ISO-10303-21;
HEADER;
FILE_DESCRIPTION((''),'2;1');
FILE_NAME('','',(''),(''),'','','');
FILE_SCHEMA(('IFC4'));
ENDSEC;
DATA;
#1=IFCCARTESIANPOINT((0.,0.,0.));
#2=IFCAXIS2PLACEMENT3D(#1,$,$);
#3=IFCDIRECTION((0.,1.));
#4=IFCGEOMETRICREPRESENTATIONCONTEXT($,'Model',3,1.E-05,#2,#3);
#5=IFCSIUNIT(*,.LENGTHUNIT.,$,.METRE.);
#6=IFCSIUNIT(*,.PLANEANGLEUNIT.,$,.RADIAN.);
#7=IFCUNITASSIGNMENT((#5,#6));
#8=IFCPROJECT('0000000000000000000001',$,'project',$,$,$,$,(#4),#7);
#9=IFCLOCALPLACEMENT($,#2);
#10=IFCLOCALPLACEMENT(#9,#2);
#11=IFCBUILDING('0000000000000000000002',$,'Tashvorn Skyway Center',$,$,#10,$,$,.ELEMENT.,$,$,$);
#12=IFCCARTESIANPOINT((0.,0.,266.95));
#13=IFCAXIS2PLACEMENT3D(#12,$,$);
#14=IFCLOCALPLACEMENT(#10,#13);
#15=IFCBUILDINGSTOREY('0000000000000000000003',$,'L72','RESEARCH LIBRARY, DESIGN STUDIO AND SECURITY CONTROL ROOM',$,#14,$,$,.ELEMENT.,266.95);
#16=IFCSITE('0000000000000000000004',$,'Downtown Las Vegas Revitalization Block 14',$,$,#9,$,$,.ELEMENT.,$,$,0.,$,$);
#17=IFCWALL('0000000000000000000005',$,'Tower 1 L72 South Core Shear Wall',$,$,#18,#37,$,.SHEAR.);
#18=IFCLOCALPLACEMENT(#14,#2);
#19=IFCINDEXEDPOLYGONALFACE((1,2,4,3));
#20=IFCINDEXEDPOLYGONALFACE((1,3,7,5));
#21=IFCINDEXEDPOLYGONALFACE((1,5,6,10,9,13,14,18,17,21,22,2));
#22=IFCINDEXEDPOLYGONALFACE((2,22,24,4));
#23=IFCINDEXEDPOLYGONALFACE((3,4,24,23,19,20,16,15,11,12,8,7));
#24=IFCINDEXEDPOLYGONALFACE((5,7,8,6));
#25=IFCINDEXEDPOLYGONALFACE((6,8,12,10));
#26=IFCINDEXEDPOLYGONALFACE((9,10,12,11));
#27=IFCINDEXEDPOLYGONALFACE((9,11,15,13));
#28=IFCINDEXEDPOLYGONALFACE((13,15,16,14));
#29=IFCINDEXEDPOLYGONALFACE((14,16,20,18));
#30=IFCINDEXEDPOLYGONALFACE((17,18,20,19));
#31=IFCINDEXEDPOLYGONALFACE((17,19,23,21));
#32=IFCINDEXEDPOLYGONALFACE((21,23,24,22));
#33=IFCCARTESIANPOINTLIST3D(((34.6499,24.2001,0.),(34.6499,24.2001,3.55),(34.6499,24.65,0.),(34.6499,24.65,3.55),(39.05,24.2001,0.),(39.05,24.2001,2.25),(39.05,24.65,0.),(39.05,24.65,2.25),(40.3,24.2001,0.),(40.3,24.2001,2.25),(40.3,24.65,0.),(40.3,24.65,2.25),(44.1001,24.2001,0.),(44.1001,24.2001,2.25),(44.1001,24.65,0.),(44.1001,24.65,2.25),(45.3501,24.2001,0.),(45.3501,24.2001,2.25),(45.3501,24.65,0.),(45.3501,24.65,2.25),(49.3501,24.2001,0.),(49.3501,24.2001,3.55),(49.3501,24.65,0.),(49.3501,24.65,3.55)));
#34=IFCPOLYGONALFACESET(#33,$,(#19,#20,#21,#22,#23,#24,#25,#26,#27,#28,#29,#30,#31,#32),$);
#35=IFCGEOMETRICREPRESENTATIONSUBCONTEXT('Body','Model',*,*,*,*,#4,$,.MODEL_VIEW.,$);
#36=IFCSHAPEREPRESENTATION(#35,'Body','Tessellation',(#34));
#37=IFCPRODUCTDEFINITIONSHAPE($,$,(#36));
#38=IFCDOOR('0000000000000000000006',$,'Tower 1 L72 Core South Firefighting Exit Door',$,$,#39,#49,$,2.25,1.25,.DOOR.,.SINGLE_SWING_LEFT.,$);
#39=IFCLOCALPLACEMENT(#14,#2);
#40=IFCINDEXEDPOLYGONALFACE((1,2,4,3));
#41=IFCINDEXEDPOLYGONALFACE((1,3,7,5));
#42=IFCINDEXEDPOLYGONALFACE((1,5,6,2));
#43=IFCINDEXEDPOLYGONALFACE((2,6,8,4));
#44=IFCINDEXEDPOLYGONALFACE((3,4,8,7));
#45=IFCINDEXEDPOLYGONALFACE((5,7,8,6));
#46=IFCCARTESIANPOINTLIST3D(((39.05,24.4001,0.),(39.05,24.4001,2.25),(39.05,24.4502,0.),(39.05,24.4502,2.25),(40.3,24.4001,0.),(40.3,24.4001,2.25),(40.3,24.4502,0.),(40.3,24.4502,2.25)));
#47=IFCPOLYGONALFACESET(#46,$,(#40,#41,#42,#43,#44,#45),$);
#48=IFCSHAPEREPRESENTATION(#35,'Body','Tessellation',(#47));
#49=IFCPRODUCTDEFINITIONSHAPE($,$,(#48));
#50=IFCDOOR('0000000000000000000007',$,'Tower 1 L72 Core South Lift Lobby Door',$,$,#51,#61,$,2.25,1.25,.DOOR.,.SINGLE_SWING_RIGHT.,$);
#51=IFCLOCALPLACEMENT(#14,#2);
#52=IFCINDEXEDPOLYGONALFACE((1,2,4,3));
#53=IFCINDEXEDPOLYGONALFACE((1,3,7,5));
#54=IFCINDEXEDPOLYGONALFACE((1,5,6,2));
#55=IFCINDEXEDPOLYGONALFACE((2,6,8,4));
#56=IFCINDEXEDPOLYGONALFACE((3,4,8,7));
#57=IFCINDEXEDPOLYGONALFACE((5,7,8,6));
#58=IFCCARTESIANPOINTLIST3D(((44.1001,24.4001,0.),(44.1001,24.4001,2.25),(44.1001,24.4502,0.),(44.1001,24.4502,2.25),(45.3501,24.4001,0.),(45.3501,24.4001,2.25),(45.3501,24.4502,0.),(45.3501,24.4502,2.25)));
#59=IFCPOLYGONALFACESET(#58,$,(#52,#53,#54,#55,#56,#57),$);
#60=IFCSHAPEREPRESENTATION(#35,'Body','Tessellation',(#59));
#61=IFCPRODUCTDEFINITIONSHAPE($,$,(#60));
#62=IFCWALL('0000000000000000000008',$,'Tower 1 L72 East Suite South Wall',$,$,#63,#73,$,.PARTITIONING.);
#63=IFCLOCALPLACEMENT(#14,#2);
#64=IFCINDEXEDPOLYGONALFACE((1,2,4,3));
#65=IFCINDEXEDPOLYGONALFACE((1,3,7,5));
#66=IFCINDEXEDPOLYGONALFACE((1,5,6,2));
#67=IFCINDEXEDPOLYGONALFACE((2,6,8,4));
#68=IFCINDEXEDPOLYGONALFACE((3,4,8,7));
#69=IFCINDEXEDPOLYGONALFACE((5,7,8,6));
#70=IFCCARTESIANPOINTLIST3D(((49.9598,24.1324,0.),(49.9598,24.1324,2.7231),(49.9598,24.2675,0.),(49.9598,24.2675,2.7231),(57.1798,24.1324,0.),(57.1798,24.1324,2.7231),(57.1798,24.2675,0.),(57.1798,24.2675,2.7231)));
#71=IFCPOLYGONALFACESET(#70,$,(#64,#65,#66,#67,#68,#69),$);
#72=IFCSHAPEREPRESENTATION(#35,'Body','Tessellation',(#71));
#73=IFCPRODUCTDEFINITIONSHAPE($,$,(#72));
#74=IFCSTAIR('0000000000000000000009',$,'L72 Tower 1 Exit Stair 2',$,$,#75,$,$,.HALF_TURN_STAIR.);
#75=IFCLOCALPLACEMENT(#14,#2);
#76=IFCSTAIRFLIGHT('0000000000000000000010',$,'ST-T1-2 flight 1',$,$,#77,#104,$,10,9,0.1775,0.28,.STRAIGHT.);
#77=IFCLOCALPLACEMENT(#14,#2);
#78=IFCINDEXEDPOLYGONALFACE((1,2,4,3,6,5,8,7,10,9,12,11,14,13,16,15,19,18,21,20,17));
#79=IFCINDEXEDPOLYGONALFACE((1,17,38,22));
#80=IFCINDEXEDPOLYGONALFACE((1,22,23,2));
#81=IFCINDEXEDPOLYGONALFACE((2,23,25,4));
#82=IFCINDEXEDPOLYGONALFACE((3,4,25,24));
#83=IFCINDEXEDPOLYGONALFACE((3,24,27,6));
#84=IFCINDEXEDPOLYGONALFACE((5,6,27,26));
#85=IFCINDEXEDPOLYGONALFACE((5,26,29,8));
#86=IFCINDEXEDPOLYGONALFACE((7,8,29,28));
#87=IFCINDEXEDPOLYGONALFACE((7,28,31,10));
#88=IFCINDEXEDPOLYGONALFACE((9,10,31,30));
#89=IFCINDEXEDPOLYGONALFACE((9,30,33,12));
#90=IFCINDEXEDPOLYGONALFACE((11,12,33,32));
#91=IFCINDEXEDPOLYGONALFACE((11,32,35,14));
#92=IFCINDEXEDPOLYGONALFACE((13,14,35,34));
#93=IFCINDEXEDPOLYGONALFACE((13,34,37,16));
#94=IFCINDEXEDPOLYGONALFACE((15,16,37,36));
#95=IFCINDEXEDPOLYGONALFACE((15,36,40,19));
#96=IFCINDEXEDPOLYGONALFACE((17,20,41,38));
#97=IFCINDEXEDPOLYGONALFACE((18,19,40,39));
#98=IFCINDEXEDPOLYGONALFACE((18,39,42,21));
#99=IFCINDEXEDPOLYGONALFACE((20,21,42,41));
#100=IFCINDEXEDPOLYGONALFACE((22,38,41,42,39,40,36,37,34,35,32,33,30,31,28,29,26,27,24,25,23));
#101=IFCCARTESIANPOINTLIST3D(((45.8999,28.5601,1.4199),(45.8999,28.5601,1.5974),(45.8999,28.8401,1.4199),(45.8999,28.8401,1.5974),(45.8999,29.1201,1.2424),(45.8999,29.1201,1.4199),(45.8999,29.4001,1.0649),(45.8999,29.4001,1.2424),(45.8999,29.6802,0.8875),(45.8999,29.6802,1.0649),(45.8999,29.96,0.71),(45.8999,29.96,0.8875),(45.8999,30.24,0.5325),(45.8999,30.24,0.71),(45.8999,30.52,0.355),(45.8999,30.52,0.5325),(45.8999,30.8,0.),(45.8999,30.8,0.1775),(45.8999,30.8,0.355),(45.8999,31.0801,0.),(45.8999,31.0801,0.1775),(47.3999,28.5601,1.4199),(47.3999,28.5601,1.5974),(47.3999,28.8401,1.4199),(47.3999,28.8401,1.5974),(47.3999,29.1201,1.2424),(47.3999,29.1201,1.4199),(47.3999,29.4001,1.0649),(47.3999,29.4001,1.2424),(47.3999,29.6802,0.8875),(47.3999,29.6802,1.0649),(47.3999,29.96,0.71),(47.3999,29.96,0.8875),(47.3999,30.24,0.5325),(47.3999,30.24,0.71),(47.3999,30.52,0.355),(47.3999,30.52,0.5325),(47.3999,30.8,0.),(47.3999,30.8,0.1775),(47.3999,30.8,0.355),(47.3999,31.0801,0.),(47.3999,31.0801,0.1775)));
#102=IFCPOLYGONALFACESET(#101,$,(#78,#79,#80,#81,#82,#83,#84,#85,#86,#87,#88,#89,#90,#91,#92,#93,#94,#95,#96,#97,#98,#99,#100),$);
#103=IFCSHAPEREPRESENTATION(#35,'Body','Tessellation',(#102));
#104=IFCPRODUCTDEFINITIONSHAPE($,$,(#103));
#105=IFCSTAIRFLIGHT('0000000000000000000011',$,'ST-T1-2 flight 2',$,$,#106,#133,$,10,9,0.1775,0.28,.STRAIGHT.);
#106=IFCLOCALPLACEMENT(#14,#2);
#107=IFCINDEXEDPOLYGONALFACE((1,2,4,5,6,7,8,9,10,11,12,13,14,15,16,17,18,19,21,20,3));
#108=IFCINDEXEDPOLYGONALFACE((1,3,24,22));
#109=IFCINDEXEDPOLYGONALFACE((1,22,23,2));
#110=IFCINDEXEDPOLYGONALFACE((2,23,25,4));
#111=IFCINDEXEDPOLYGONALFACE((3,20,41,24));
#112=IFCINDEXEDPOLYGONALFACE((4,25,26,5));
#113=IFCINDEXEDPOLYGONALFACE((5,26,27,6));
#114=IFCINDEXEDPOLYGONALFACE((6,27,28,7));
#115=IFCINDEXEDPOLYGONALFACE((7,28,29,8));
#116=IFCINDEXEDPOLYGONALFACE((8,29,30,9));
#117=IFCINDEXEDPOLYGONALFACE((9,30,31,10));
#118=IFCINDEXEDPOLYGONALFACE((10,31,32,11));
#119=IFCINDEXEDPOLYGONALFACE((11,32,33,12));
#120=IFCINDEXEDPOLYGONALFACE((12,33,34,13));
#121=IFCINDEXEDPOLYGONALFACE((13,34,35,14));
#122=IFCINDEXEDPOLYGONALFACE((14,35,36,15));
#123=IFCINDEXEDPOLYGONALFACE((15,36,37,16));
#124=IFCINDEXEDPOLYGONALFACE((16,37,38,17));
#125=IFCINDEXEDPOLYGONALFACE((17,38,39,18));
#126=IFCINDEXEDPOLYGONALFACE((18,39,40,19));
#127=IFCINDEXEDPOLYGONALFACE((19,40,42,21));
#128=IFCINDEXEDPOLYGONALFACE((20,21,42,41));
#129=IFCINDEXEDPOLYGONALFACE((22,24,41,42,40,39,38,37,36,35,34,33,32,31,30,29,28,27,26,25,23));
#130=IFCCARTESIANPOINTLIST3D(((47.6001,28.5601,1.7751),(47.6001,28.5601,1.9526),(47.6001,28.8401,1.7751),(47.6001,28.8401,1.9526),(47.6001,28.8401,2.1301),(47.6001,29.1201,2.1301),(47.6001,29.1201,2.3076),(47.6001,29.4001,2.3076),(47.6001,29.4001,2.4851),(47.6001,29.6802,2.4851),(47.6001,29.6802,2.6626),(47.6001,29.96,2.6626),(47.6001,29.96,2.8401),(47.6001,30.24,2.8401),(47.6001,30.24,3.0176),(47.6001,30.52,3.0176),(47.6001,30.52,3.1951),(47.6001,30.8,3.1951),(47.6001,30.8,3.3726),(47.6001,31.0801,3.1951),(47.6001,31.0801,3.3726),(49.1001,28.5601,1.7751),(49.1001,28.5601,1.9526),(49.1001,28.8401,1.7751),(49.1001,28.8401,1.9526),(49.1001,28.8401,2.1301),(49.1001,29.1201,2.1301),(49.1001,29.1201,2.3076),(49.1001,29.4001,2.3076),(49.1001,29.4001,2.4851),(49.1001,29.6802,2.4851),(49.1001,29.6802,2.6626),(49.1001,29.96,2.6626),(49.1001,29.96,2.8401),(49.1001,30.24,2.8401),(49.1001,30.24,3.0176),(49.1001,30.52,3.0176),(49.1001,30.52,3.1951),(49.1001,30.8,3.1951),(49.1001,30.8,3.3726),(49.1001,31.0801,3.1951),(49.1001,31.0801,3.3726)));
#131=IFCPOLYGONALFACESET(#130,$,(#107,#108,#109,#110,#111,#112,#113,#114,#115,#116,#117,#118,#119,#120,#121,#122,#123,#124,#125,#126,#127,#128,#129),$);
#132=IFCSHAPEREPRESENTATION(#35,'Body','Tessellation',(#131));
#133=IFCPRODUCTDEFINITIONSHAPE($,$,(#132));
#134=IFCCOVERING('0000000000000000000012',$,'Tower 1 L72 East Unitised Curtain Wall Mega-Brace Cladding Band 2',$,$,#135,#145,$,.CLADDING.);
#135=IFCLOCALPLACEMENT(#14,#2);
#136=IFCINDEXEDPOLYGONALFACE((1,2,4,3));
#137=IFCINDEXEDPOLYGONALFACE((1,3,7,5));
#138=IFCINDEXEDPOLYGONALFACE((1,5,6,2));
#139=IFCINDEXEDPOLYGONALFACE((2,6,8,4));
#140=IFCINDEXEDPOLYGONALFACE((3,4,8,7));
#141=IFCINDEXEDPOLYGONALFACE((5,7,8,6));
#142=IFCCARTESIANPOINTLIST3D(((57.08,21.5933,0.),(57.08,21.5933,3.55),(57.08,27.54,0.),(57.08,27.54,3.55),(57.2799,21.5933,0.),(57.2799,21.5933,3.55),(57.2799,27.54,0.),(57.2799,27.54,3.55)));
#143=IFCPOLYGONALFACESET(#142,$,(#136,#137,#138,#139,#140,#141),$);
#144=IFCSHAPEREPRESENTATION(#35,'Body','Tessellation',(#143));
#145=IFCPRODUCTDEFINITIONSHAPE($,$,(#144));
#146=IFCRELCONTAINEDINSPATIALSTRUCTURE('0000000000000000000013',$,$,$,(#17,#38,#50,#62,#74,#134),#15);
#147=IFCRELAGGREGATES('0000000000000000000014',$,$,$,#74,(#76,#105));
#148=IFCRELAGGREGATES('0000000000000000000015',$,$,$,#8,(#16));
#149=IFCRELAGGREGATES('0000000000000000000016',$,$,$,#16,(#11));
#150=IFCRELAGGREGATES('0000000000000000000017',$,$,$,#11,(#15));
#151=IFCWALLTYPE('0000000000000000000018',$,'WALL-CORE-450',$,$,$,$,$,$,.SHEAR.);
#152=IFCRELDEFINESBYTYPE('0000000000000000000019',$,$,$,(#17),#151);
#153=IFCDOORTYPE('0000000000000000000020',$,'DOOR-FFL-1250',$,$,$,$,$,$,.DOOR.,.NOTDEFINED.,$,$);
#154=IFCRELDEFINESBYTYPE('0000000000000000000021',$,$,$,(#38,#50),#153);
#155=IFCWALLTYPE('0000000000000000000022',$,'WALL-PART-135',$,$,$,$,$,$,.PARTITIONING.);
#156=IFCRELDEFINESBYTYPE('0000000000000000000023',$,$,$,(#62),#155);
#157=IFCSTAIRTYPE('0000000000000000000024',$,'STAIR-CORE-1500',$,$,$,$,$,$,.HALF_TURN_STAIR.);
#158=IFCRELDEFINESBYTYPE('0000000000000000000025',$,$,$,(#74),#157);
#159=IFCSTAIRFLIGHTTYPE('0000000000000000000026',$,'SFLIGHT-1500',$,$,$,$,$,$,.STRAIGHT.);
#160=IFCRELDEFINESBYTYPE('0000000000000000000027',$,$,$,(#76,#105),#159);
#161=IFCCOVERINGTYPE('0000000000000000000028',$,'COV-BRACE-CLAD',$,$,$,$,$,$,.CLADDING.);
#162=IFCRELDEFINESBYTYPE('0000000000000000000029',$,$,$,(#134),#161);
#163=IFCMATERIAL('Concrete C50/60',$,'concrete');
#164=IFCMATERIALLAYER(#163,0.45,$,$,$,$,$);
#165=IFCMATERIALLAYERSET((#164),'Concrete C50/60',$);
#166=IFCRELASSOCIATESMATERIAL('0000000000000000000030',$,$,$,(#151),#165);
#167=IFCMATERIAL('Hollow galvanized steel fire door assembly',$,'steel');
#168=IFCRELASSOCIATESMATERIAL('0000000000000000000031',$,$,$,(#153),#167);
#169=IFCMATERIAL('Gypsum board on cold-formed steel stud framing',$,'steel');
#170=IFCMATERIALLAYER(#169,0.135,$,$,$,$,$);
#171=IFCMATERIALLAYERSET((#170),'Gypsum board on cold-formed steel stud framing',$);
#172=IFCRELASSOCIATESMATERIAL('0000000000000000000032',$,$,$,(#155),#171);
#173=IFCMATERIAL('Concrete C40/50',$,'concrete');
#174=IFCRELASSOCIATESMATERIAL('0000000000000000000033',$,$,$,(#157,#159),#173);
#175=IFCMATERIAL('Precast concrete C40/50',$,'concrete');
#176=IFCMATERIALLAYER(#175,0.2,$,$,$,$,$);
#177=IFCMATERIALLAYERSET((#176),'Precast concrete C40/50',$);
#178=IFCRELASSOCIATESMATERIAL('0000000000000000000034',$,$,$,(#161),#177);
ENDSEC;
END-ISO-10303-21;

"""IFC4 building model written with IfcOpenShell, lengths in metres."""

from ifc_helpers import new_model, si_unit, direction, frame, frame_2d, origin, origin_2d, place, context, subcontext, project, spatial, polyline, rectangle, outline, extrude, material, layer, layer_set, type_object, element, fill, aggregate, save


model = new_model("IFC4")

# Units and contexts
model_context = context("Model", 3, precision=1e-05, world=origin(), true_north=direction((0.0, 1.0)))
body_context = subcontext(model_context, "Body", "Model", "MODEL_VIEW")
ifc_project = project(units=[si_unit("LENGTHUNIT", "METRE"), si_unit("PLANEANGLEUNIT", "RADIAN")], contexts=[model_context])

# Site, building, storey
site_placement = place(None, origin())
site = spatial("IfcSite", under=ifc_project, at=site_placement, Name="Downtown Las Vegas Revitalization Block 14", CompositionType="ELEMENT", RefElevation=0.0)
building_placement = place(site_placement, origin())
building = spatial("IfcBuilding", under=site, at=building_placement, Name="Tashvorn Skyway Center", CompositionType="ELEMENT")
storey_placement = place(building_placement, frame((0.0, 0.0, 266.95)))
storey = spatial("IfcBuildingStorey", under=building, at=storey_placement, Name="L72", Description="RESEARCH LIBRARY, DESIGN STUDIO AND SECURITY CONTROL ROOM", CompositionType="ELEMENT", Elevation=266.95)

# Wall, openings, doors
ifc_material_1 = material(Name="Concrete C50/60", Category="concrete")
ifc_layer_1 = layer(ifc_material_1, 0.45)
ifc_layer_set_1 = layer_set([ifc_layer_1], Name="Concrete C50/60")
wall_type_1 = type_object("IfcWallType", Name="WALL-CORE-450", PredefinedType="SHEAR", material=ifc_layer_set_1)
wall_1_placement = place(storey_placement, frame((49.3501, 24.425, 0.0), z_axis=(0.0, 0.0, 1.0), x_axis=(-1.0, 0.0, 0.0)))
wall_1 = element("IfcWall", 1, at=wall_1_placement, inside=storey, type_object=wall_type_1, Name="Tower 1 L72 South Core Shear Wall", PredefinedType="SHEAR", context=body_context, shape_type="SweptSolid", body=[
    extrude(rectangle(XDim=14.7002, YDim=0.45, at=frame_2d((7.3501, 0.0))), origin(), (0.0, 0.0, 1.0), 3.55),
])
opening_1_placement = place(wall_1_placement, frame((9.05, 0.0, 0.0)))
opening_1 = element("IfcOpeningElement", 2, at=opening_1_placement, cuts=wall_1, PredefinedType="OPENING", context=body_context, shape_type="SweptSolid", body=[
    extrude(rectangle(XDim=1.25, YDim=2.25, at=frame_2d((0.625, 1.125))), frame((0.0, 0.2349, 0.0), z_axis=(0.0, -1.0, 0.0), x_axis=(1.0, 0.0, 0.0)), (0.0, 0.0, 1.0), 0.47),
])
opening_2_placement = place(wall_1_placement, frame((4.0, 0.0, 0.0)))
opening_2 = element("IfcOpeningElement", 3, at=opening_2_placement, cuts=wall_1, PredefinedType="OPENING", context=body_context, shape_type="SweptSolid", body=[
    extrude(rectangle(XDim=1.25, YDim=2.25, at=frame_2d((0.625, 1.125))), frame((0.0, 0.2349, 0.0), z_axis=(0.0, -1.0, 0.0), x_axis=(1.0, 0.0, 0.0)), (0.0, 0.0, 1.0), 0.47),
])
ifc_material_2 = material(Name="Hollow galvanized steel fire door assembly", Category="steel")
door_type = type_object("IfcDoorType", Name="DOOR-FFL-1250", OperationType="NOTDEFINED", PredefinedType="DOOR", material=ifc_material_2)
door_1_placement = place(opening_1_placement, origin())
door_1 = element("IfcDoor", 4, at=door_1_placement, inside=storey, type_object=door_type, Name="Tower 1 L72 Core South Firefighting Exit Door", OperationType="SINGLE_SWING_LEFT", OverallHeight=2.25, OverallWidth=1.25, PredefinedType="DOOR", context=body_context, shape_type="SweptSolid", body=[
    extrude(rectangle(XDim=1.25, YDim=2.25, at=frame_2d((0.625, 1.125))), frame((0.0, 0.0249, 0.0), z_axis=(0.0, -1.0, 0.0), x_axis=(1.0, 0.0, 0.0)), (0.0, 0.0, 1.0), 0.05),
])
fill(opening_1, door_1)
door_2_placement = place(opening_2_placement, origin())
door_2 = element("IfcDoor", 5, at=door_2_placement, inside=storey, type_object=door_type, Name="Tower 1 L72 Core South Lift Lobby Door", OperationType="SINGLE_SWING_RIGHT", OverallHeight=2.25, OverallWidth=1.25, PredefinedType="DOOR", context=body_context, shape_type="SweptSolid", body=[
    extrude(rectangle(XDim=1.25, YDim=2.25, at=frame_2d((0.625, 1.125))), frame((0.0, 0.0249, 0.0), z_axis=(0.0, -1.0, 0.0), x_axis=(1.0, 0.0, 0.0)), (0.0, 0.0, 1.0), 0.05),
])
fill(opening_2, door_2)

# Wall
ifc_material_3 = material(Name="Gypsum board on cold-formed steel stud framing", Category="steel")
ifc_layer_2 = layer(ifc_material_3, 0.135)
ifc_layer_set_2 = layer_set([ifc_layer_2], Name="Gypsum board on cold-formed steel stud framing")
wall_type_2 = type_object("IfcWallType", Name="WALL-PART-135", PredefinedType="PARTITIONING", material=ifc_layer_set_2)
wall_2_placement = place(storey_placement, frame((49.96, 24.2, 0.0), z_axis=(0.0, 0.0, 1.0), x_axis=(1.0, 0.0, 0.0)))
element("IfcWall", 6, at=wall_2_placement, inside=storey, type_object=wall_type_2, Name="Tower 1 L72 East Suite South Wall", PredefinedType="PARTITIONING", context=body_context, shape_type="SweptSolid", body=[
    extrude(rectangle(XDim=7.22, YDim=0.135, at=frame_2d((3.6099, 0.0))), origin(), (0.0, 0.0, 1.0), 2.7231),
])

# Stair, stair flights
ifc_material_4 = material(Name="Concrete C40/50", Category="concrete")
stair_type = type_object("IfcStairType", Name="STAIR-CORE-1500", PredefinedType="HALF_TURN_STAIR", material=ifc_material_4)
stair_placement = place(storey_placement, origin())
stair = element("IfcStair", 7, at=stair_placement, inside=storey, type_object=stair_type, Name="L72 Tower 1 Exit Stair 2", PredefinedType="HALF_TURN_STAIR")
stair_flight_type = type_object("IfcStairFlightType", Name="SFLIGHT-1500", PredefinedType="STRAIGHT", material=ifc_material_4)
stair_flight_1_placement = place(storey_placement, frame((46.6499, 31.0801, 0.0), z_axis=(0.0, 0.0, 1.0), x_axis=(0.0, -1.0, 0.0)))
stair_flight_1 = element("IfcStairFlight", 8, at=stair_flight_1_placement, type_object=stair_flight_type, Name="ST-T1-2 flight 1", NumberOfRisers=10, NumberOfTreads=9, PredefinedType="STRAIGHT", RiserHeight=0.1775, TreadLength=0.28, context=body_context, shape_type="SweptSolid", body=[
    extrude(outline(polyline([(0.0, 0.0), (0.0, 0.1775), (0.28, 0.1775), (0.28, 0.355), (0.5601, 0.355), (0.5601, 0.5325), (0.8401, 0.5325), (0.8401, 0.71), (1.1201, 0.71), (1.1201, 0.8875), (1.3999, 0.8875), (1.3999, 1.0649), (1.6799, 1.0649), (1.6799, 1.2424), (1.96, 1.2424), (1.96, 1.4199), (2.24, 1.4199), (2.24, 1.5974), (2.52, 1.5974), (2.52, 1.7749), (2.52, 1.4199), (0.28, 0.0), (0.0, 0.0)])), frame((0.0, 0.75, 0.0), z_axis=(0.0, -1.0, 0.0), x_axis=(1.0, 0.0, 0.0)), (0.0, 0.0, 1.0), 1.5),
])
stair_flight_2_placement = place(storey_placement, frame((48.3501, 28.5601, 1.7751), z_axis=(0.0, 0.0, 1.0), x_axis=(0.0, 1.0, 0.0)))
stair_flight_2 = element("IfcStairFlight", 9, at=stair_flight_2_placement, type_object=stair_flight_type, Name="ST-T1-2 flight 2", NumberOfRisers=10, NumberOfTreads=9, PredefinedType="STRAIGHT", RiserHeight=0.1775, TreadLength=0.28, context=body_context, shape_type="SweptSolid", body=[
    extrude(outline(polyline([(0.0, 0.0), (0.0, 0.1775), (0.28, 0.1775), (0.28, 0.355), (0.5601, 0.355), (0.5601, 0.5325), (0.8401, 0.5325), (0.8401, 0.71), (1.1201, 0.71), (1.1201, 0.8875), (1.3999, 0.8875), (1.3999, 1.0649), (1.6799, 1.0649), (1.6799, 1.2424), (1.96, 1.2424), (1.96, 1.4199), (2.24, 1.4199), (2.24, 1.5974), (2.52, 1.5974), (2.52, 1.7749), (2.52, 1.4199), (0.28, 0.0), (0.0, 0.0)])), frame((0.0, 0.75, 0.0), z_axis=(0.0, -1.0, 0.0), x_axis=(1.0, 0.0, 0.0)), (0.0, 0.0, 1.0), 1.5),
])
aggregate(stair, [stair_flight_1, stair_flight_2])

# Covering
ifc_material_5 = material(Name="Precast concrete C40/50", Category="concrete")
ifc_layer_3 = layer(ifc_material_5, 0.2)
ifc_layer_set_3 = layer_set([ifc_layer_3], Name="Precast concrete C40/50")
covering_type = type_object("IfcCoveringType", Name="COV-BRACE-CLAD", PredefinedType="CLADDING", material=ifc_layer_set_3)
covering_placement = place(storey_placement, frame((57.1799, 24.5667, 0.0), z_axis=(0.0, 0.0, 1.0), x_axis=(0.0, -1.0, 0.0)))
element("IfcCovering", 10, at=covering_placement, inside=storey, type_object=covering_type, Name="Tower 1 L72 East Unitised Curtain Wall Mega-Brace Cladding Band 2", PredefinedType="CLADDING", context=body_context, shape_type="SweptSolid", body=[
    extrude(rectangle(XDim=5.9468, YDim=0.2, at=origin_2d()), origin(), (0.0, 0.0, 1.0), 3.55),
])

save(model, "model.ifc")
